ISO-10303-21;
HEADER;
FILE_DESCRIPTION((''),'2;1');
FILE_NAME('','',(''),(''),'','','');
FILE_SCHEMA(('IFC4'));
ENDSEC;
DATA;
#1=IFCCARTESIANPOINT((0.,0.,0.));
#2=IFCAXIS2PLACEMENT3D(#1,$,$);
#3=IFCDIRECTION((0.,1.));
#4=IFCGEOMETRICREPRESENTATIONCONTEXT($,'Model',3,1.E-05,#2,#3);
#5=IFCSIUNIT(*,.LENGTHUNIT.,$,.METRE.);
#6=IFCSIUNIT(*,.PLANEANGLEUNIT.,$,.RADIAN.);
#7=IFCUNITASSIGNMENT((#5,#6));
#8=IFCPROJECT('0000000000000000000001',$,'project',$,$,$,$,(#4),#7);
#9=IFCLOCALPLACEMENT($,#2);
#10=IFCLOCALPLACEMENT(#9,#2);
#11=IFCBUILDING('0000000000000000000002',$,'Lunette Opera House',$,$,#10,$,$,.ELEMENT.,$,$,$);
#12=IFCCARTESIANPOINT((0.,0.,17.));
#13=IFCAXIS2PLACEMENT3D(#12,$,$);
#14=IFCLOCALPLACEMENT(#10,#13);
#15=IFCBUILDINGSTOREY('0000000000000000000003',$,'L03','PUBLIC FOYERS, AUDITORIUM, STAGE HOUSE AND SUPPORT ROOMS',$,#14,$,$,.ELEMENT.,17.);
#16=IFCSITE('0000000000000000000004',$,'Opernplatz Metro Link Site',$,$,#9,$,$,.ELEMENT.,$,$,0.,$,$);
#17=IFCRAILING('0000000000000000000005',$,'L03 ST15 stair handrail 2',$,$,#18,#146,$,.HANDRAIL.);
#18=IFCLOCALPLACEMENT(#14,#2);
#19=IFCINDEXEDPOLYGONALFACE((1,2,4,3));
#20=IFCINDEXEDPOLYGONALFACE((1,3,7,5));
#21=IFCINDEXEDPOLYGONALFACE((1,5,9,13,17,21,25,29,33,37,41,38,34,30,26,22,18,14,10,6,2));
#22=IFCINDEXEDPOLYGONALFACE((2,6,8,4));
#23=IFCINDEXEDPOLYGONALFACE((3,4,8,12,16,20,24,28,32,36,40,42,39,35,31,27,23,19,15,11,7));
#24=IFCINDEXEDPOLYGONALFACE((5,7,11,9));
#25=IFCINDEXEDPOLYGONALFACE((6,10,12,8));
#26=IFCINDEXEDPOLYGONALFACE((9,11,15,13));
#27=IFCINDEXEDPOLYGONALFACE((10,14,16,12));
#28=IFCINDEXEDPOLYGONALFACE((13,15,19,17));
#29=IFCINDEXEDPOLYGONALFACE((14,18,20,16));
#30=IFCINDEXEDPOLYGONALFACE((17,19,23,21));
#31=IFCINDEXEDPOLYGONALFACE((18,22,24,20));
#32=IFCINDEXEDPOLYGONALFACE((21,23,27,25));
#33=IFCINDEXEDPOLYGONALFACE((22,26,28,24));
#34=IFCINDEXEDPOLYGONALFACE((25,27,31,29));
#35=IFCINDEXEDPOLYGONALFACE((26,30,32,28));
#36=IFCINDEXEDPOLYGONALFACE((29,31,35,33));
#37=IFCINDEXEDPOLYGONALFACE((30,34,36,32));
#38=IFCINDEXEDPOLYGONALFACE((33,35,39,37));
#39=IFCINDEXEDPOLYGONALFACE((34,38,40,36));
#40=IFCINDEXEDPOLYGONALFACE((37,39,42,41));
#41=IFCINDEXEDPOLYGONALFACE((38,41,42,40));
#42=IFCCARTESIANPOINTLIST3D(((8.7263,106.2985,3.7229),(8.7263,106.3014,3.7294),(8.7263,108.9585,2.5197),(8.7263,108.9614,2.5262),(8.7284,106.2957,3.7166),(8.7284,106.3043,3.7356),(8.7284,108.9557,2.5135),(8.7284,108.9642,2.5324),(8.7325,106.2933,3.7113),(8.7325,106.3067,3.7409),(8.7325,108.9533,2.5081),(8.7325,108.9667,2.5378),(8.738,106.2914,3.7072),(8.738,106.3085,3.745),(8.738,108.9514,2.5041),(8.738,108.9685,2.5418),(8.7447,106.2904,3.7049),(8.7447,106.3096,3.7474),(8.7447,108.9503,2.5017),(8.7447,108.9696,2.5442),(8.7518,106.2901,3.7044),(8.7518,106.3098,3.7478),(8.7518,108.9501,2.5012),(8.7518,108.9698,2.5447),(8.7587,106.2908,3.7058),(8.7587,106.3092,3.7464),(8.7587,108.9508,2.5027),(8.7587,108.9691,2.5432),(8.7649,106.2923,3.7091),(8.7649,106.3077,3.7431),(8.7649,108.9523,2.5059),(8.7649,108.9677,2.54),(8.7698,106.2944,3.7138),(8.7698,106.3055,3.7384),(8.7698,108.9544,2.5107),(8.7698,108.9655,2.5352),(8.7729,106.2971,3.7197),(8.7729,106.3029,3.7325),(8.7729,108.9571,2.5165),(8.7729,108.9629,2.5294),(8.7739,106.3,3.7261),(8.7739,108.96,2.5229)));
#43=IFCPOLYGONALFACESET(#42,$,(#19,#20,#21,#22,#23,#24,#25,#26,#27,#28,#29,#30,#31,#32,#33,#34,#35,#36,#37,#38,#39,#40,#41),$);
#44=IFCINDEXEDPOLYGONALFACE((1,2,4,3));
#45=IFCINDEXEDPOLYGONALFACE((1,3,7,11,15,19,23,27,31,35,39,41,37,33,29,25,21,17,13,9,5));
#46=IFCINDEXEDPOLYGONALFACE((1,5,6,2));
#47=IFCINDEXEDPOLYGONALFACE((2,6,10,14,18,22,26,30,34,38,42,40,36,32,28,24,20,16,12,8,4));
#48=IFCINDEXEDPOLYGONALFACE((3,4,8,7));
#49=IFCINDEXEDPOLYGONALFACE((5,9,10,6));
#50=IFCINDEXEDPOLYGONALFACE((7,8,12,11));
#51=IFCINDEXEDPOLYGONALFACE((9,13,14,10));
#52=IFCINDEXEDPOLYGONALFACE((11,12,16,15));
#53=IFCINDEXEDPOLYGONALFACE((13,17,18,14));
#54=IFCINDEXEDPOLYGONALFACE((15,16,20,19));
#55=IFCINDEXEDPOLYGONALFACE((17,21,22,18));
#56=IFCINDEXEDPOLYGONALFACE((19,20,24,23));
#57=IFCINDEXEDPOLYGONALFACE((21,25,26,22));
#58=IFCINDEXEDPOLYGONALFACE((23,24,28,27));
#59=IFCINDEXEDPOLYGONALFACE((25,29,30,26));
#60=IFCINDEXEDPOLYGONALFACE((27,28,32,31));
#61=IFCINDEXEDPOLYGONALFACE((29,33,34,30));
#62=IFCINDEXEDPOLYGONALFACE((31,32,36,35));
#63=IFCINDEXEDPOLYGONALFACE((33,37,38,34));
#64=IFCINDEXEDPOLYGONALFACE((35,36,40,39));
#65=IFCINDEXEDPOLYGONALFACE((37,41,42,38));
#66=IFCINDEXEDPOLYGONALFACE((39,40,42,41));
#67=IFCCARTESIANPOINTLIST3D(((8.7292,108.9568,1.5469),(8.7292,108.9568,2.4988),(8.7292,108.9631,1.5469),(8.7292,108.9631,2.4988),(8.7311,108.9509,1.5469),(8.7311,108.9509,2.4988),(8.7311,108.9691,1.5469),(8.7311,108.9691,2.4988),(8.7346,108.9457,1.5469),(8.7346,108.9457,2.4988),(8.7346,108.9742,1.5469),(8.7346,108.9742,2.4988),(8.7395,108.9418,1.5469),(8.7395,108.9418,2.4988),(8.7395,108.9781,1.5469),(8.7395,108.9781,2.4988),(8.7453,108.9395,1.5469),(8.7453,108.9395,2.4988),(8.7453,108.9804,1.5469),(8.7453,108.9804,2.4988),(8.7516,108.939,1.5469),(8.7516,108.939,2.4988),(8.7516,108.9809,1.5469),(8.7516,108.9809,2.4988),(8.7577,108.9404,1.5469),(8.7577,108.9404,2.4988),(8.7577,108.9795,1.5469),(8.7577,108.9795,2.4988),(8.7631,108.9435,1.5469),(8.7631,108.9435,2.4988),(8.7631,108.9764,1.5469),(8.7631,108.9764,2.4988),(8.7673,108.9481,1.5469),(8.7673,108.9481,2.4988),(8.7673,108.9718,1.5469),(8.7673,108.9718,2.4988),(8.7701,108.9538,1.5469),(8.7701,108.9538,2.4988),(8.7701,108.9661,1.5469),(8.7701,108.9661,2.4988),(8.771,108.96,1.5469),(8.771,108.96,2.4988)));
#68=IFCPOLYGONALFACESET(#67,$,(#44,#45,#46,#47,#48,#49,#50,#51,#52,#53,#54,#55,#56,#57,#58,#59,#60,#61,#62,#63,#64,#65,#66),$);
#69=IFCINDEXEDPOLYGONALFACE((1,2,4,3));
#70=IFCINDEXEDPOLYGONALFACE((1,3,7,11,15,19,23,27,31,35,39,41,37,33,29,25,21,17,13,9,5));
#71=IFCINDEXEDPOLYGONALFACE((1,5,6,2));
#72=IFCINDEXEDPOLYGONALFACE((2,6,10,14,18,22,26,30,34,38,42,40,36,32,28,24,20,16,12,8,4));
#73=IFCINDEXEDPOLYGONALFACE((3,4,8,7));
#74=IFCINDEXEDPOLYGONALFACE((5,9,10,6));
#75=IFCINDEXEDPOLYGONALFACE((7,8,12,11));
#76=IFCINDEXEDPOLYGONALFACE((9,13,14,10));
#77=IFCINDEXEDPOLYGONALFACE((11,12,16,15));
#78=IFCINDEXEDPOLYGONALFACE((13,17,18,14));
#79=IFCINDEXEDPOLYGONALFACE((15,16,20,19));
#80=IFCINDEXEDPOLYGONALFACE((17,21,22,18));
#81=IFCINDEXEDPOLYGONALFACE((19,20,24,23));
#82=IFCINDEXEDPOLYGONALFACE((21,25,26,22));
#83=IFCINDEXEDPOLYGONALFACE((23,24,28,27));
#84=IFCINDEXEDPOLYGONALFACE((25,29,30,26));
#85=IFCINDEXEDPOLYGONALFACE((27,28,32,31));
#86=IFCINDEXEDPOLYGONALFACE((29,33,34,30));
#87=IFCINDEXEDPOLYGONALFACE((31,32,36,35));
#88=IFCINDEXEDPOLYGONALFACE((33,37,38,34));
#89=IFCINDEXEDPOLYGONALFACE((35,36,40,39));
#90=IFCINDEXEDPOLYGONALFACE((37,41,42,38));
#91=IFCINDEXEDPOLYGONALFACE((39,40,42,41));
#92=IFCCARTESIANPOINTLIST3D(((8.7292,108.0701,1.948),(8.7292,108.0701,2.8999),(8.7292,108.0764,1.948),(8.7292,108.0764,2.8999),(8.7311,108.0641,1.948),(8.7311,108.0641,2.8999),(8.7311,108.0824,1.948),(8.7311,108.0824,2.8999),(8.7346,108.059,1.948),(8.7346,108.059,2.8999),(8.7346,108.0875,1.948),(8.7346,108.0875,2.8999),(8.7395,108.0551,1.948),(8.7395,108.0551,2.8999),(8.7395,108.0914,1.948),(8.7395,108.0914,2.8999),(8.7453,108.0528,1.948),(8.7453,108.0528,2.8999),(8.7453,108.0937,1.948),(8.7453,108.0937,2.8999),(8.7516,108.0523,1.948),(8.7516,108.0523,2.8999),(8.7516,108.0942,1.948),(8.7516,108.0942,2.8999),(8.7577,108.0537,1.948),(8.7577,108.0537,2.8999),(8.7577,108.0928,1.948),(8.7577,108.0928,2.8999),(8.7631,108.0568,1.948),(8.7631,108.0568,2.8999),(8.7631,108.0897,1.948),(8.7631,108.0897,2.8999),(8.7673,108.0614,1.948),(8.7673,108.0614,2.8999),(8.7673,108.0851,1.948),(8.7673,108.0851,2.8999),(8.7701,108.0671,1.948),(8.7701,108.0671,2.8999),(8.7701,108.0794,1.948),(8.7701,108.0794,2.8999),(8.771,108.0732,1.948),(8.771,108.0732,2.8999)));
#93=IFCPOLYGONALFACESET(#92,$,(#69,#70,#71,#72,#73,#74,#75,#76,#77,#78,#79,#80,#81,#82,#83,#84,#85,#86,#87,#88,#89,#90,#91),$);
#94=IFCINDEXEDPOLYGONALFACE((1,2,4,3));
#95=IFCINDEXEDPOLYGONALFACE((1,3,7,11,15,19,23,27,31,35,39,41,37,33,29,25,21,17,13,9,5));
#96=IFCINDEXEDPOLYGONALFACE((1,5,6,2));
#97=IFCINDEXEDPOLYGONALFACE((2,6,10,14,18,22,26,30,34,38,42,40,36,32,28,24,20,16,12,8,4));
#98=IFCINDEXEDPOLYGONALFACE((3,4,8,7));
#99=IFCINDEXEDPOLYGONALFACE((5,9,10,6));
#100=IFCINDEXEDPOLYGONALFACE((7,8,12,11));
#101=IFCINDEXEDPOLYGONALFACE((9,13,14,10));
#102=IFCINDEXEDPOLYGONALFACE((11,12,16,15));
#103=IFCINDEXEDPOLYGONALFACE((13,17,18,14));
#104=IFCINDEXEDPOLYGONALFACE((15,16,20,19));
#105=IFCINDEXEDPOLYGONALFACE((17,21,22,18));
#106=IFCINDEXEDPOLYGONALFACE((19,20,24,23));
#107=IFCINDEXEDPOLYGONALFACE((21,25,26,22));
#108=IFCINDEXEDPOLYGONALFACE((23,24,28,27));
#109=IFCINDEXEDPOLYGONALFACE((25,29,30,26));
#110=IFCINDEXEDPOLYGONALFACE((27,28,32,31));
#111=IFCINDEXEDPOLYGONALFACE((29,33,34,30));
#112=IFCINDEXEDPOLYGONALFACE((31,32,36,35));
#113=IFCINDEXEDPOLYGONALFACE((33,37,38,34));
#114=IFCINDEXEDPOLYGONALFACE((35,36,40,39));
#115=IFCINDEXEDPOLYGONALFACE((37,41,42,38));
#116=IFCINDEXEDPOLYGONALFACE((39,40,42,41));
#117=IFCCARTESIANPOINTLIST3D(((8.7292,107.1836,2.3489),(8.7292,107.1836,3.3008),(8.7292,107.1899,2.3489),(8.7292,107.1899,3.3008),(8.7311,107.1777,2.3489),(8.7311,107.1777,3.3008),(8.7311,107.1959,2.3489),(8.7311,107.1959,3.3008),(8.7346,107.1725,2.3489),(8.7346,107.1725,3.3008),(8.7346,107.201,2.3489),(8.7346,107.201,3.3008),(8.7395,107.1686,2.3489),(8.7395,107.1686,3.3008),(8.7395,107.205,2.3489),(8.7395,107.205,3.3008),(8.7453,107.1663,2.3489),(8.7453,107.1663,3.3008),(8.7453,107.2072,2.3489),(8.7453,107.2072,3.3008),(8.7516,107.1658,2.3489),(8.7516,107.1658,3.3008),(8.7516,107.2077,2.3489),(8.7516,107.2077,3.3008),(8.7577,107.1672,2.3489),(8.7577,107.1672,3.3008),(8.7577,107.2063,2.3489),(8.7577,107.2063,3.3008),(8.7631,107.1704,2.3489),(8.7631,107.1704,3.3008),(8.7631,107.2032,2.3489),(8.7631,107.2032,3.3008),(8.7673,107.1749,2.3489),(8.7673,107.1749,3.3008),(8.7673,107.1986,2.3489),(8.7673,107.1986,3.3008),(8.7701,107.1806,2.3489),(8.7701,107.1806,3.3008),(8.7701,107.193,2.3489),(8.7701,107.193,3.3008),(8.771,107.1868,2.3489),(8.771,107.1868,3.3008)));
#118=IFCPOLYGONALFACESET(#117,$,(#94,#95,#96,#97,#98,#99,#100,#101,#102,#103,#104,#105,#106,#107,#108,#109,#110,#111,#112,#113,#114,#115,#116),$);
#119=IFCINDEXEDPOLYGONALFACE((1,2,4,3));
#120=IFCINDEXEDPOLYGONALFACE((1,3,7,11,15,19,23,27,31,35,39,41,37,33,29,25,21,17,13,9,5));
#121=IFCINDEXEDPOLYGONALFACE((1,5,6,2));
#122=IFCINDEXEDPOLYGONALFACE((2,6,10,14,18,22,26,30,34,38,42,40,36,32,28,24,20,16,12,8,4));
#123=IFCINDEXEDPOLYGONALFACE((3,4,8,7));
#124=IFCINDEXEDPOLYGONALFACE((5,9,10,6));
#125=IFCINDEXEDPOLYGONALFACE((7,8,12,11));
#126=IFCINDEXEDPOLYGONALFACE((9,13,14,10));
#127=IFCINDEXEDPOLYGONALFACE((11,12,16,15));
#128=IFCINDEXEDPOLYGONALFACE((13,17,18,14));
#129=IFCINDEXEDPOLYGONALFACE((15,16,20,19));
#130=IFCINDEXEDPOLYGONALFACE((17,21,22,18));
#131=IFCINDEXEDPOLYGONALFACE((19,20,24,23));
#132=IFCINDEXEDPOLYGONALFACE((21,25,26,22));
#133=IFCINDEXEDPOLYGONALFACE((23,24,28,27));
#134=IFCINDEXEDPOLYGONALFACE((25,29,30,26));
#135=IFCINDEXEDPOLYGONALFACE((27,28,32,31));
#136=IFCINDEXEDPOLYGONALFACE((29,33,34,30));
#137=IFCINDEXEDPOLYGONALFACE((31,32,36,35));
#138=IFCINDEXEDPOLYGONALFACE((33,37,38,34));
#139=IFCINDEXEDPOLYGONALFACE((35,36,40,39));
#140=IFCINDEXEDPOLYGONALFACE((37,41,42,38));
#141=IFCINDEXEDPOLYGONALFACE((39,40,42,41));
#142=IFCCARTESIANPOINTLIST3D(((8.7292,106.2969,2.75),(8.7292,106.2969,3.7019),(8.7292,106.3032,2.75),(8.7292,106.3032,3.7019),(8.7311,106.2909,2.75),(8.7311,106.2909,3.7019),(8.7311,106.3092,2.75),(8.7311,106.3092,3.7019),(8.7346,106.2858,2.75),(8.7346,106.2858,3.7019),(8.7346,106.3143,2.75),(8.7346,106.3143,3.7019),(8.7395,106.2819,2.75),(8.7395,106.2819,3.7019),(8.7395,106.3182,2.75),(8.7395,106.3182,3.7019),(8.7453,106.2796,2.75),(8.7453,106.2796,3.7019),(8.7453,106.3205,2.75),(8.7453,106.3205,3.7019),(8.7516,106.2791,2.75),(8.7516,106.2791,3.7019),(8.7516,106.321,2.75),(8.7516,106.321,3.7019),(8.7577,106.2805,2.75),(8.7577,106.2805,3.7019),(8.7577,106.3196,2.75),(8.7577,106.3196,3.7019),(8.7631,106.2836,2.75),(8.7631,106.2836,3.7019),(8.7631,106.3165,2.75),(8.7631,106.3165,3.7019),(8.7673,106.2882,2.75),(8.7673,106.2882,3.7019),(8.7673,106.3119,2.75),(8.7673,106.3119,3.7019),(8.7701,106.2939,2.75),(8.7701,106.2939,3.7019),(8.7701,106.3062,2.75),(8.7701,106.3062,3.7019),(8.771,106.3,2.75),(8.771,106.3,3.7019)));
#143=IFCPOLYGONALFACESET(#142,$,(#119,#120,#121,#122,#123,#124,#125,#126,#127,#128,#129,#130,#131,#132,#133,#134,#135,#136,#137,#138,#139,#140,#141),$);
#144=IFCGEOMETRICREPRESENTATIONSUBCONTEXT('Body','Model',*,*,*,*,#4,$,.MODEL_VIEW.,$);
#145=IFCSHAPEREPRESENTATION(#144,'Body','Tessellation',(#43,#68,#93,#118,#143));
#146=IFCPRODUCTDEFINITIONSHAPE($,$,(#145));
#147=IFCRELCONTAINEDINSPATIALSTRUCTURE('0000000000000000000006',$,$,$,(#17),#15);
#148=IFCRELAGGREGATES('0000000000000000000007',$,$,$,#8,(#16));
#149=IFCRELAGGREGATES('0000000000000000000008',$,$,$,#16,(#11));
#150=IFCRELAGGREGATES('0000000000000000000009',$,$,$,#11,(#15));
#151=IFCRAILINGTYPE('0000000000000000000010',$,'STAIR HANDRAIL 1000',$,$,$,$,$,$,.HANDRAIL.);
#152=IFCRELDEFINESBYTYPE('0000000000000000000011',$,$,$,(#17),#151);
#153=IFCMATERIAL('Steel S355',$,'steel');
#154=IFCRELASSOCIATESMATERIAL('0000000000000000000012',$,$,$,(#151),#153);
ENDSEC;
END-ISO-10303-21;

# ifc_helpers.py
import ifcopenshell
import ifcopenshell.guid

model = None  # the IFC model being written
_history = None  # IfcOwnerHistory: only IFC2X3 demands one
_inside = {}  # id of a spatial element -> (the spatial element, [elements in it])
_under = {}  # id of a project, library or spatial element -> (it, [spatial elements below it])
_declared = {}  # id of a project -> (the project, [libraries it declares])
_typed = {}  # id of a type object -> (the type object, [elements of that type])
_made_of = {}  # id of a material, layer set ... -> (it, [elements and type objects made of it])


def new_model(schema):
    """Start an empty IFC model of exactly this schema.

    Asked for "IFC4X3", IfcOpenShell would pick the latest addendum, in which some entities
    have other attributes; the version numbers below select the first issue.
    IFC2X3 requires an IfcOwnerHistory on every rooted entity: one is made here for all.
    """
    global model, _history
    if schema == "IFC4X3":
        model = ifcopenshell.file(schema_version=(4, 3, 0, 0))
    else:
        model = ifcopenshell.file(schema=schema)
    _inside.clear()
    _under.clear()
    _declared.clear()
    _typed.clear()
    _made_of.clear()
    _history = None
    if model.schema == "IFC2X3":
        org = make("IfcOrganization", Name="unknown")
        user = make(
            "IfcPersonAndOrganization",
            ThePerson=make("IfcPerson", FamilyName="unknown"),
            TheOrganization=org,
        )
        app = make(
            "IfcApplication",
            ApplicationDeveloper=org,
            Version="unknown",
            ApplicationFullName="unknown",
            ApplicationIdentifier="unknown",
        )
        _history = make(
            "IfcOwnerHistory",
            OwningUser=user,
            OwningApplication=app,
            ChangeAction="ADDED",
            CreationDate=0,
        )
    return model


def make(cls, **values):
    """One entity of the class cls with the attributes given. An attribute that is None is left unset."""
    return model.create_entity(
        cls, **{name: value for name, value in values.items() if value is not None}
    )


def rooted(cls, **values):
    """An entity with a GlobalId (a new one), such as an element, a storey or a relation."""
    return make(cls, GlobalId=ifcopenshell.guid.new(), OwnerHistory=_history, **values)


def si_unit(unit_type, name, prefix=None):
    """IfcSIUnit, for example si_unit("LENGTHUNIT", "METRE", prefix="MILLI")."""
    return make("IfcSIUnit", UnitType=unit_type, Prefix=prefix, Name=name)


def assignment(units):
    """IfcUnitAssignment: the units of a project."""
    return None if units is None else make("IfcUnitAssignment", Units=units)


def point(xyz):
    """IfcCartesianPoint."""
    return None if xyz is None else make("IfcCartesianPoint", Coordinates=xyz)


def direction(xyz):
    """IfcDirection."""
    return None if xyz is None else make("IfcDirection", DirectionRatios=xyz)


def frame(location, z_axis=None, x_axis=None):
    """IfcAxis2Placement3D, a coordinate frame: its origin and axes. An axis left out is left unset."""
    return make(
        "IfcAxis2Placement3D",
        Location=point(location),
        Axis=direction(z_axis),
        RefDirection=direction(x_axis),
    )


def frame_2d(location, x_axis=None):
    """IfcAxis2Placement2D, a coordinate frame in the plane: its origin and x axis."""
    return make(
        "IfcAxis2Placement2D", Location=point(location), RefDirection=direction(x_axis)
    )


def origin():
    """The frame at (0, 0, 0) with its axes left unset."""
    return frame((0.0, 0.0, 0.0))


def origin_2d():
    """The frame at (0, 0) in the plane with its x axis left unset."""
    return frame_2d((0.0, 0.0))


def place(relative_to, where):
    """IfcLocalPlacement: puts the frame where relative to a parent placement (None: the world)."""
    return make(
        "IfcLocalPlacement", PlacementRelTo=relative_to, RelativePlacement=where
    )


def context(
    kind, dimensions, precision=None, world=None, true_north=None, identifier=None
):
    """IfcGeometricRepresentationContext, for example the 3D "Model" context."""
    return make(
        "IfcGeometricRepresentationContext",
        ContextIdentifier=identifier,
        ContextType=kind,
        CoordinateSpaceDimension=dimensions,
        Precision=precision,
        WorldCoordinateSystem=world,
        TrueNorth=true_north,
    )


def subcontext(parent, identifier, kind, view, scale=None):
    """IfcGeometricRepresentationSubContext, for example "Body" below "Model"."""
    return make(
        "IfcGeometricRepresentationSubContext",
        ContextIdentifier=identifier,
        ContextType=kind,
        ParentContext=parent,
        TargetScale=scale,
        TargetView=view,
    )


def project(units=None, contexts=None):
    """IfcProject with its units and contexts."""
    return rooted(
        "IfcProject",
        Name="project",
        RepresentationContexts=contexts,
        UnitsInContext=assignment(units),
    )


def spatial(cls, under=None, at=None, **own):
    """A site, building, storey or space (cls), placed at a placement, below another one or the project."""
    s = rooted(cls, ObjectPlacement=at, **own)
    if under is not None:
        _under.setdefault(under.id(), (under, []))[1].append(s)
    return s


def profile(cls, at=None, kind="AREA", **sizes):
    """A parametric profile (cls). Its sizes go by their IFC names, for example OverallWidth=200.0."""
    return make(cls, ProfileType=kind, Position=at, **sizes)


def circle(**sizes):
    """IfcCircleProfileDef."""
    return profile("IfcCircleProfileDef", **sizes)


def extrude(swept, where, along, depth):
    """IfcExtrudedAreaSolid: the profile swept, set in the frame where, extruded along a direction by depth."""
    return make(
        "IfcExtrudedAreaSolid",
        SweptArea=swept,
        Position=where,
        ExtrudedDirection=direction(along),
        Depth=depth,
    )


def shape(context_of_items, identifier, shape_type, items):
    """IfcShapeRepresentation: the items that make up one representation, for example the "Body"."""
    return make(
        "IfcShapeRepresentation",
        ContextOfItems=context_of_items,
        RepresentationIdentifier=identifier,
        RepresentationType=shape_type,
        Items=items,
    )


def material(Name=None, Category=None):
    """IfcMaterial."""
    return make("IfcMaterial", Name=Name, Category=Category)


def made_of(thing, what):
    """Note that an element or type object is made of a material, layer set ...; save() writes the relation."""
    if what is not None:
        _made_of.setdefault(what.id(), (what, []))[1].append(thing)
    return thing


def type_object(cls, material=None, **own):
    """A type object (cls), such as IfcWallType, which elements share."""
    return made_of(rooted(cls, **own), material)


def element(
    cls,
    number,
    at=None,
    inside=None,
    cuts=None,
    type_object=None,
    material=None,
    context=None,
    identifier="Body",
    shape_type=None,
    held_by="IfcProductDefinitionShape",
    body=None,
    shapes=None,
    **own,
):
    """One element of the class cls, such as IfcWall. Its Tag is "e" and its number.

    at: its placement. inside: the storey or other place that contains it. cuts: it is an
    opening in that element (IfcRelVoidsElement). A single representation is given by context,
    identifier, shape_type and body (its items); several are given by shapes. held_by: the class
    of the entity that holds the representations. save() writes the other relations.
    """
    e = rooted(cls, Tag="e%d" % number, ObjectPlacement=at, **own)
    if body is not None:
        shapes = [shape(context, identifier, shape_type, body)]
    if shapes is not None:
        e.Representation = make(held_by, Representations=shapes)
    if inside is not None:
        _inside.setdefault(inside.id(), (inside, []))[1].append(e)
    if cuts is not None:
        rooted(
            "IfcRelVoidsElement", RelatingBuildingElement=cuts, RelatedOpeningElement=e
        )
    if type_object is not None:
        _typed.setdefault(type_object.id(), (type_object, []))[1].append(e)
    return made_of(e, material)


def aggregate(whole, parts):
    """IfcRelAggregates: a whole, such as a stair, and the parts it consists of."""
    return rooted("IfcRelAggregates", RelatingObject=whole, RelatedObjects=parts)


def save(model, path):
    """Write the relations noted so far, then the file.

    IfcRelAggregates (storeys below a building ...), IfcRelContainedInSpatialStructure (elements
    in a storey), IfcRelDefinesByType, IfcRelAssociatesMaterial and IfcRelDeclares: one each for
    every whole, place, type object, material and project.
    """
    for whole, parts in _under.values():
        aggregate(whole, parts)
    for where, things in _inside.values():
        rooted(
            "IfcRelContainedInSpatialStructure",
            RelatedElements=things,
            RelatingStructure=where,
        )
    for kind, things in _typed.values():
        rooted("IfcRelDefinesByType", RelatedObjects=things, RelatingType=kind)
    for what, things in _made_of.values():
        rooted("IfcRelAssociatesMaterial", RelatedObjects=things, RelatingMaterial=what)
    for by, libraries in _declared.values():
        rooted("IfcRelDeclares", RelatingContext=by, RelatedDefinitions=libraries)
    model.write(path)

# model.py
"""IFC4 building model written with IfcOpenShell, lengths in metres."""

from ifc_helpers import new_model, si_unit, direction, frame, origin, origin_2d, place, context, subcontext, project, spatial, circle, extrude, material, type_object, element, save


model = new_model("IFC4")

# Units and contexts
model_context = context("Model", 3, precision=1e-05, world=origin(), true_north=direction((0.0, 1.0)))
body_context = subcontext(model_context, "Body", "Model", "MODEL_VIEW")
ifc_project = project(units=[si_unit("LENGTHUNIT", "METRE"), si_unit("PLANEANGLEUNIT", "RADIAN")], contexts=[model_context])

# Site, building, storey
site_placement = place(None, origin())
site = spatial("IfcSite", under=ifc_project, at=site_placement, Name="Opernplatz Metro Link Site", CompositionType="ELEMENT", RefElevation=0.0)
building_placement = place(site_placement, origin())
building = spatial("IfcBuilding", under=site, at=building_placement, Name="Lunette Opera House", CompositionType="ELEMENT")
storey_placement = place(building_placement, frame((0.0, 0.0, 17.0)))
storey = spatial("IfcBuildingStorey", under=building, at=storey_placement, Name="L03", Description="PUBLIC FOYERS, AUDITORIUM, STAGE HOUSE AND SUPPORT ROOMS", CompositionType="ELEMENT", Elevation=17.0)

# Railing
ifc_material_1 = material(Name="Steel S355", Category="steel")
railing_type_1 = type_object("IfcRailingType", Name="STAIR HANDRAIL 1000", PredefinedType="HANDRAIL", material=ifc_material_1)
railing_1_placement = place(storey_placement, frame((8.75, 108.96, 1.5469)))
element("IfcRailing", 1, at=railing_1_placement, inside=storey, type_object=railing_type_1, Name="L03 ST15 stair handrail 2", PredefinedType="HANDRAIL", context=body_context, shape_type="SweptSolid", body=[
    extrude(circle(Radius=0.0239, at=origin_2d()), frame((0.0, 0.0, 0.9761), z_axis=(0.0, -0.91113, 0.41212), x_axis=(1.0, 0.0, 0.0)), (0.0, 0.0, 1.0), 2.9194),
    extrude(circle(Radius=0.021, at=origin_2d()), origin(), (0.0, 0.0, 1.0), 0.9519),
    extrude(circle(Radius=0.021, at=origin_2d()), frame((0.0, -0.8867, 0.4011)), (0.0, 0.0, 1.0), 0.9519),
    extrude(circle(Radius=0.021, at=origin_2d()), frame((0.0, -1.7732, 0.802)), (0.0, 0.0, 1.0), 0.9519),
    extrude(circle(Radius=0.021, at=origin_2d()), frame((0.0, -2.6599, 1.2031)), (0.0, 0.0, 1.0), 0.9519),
])

save(model, "model.ifc")
